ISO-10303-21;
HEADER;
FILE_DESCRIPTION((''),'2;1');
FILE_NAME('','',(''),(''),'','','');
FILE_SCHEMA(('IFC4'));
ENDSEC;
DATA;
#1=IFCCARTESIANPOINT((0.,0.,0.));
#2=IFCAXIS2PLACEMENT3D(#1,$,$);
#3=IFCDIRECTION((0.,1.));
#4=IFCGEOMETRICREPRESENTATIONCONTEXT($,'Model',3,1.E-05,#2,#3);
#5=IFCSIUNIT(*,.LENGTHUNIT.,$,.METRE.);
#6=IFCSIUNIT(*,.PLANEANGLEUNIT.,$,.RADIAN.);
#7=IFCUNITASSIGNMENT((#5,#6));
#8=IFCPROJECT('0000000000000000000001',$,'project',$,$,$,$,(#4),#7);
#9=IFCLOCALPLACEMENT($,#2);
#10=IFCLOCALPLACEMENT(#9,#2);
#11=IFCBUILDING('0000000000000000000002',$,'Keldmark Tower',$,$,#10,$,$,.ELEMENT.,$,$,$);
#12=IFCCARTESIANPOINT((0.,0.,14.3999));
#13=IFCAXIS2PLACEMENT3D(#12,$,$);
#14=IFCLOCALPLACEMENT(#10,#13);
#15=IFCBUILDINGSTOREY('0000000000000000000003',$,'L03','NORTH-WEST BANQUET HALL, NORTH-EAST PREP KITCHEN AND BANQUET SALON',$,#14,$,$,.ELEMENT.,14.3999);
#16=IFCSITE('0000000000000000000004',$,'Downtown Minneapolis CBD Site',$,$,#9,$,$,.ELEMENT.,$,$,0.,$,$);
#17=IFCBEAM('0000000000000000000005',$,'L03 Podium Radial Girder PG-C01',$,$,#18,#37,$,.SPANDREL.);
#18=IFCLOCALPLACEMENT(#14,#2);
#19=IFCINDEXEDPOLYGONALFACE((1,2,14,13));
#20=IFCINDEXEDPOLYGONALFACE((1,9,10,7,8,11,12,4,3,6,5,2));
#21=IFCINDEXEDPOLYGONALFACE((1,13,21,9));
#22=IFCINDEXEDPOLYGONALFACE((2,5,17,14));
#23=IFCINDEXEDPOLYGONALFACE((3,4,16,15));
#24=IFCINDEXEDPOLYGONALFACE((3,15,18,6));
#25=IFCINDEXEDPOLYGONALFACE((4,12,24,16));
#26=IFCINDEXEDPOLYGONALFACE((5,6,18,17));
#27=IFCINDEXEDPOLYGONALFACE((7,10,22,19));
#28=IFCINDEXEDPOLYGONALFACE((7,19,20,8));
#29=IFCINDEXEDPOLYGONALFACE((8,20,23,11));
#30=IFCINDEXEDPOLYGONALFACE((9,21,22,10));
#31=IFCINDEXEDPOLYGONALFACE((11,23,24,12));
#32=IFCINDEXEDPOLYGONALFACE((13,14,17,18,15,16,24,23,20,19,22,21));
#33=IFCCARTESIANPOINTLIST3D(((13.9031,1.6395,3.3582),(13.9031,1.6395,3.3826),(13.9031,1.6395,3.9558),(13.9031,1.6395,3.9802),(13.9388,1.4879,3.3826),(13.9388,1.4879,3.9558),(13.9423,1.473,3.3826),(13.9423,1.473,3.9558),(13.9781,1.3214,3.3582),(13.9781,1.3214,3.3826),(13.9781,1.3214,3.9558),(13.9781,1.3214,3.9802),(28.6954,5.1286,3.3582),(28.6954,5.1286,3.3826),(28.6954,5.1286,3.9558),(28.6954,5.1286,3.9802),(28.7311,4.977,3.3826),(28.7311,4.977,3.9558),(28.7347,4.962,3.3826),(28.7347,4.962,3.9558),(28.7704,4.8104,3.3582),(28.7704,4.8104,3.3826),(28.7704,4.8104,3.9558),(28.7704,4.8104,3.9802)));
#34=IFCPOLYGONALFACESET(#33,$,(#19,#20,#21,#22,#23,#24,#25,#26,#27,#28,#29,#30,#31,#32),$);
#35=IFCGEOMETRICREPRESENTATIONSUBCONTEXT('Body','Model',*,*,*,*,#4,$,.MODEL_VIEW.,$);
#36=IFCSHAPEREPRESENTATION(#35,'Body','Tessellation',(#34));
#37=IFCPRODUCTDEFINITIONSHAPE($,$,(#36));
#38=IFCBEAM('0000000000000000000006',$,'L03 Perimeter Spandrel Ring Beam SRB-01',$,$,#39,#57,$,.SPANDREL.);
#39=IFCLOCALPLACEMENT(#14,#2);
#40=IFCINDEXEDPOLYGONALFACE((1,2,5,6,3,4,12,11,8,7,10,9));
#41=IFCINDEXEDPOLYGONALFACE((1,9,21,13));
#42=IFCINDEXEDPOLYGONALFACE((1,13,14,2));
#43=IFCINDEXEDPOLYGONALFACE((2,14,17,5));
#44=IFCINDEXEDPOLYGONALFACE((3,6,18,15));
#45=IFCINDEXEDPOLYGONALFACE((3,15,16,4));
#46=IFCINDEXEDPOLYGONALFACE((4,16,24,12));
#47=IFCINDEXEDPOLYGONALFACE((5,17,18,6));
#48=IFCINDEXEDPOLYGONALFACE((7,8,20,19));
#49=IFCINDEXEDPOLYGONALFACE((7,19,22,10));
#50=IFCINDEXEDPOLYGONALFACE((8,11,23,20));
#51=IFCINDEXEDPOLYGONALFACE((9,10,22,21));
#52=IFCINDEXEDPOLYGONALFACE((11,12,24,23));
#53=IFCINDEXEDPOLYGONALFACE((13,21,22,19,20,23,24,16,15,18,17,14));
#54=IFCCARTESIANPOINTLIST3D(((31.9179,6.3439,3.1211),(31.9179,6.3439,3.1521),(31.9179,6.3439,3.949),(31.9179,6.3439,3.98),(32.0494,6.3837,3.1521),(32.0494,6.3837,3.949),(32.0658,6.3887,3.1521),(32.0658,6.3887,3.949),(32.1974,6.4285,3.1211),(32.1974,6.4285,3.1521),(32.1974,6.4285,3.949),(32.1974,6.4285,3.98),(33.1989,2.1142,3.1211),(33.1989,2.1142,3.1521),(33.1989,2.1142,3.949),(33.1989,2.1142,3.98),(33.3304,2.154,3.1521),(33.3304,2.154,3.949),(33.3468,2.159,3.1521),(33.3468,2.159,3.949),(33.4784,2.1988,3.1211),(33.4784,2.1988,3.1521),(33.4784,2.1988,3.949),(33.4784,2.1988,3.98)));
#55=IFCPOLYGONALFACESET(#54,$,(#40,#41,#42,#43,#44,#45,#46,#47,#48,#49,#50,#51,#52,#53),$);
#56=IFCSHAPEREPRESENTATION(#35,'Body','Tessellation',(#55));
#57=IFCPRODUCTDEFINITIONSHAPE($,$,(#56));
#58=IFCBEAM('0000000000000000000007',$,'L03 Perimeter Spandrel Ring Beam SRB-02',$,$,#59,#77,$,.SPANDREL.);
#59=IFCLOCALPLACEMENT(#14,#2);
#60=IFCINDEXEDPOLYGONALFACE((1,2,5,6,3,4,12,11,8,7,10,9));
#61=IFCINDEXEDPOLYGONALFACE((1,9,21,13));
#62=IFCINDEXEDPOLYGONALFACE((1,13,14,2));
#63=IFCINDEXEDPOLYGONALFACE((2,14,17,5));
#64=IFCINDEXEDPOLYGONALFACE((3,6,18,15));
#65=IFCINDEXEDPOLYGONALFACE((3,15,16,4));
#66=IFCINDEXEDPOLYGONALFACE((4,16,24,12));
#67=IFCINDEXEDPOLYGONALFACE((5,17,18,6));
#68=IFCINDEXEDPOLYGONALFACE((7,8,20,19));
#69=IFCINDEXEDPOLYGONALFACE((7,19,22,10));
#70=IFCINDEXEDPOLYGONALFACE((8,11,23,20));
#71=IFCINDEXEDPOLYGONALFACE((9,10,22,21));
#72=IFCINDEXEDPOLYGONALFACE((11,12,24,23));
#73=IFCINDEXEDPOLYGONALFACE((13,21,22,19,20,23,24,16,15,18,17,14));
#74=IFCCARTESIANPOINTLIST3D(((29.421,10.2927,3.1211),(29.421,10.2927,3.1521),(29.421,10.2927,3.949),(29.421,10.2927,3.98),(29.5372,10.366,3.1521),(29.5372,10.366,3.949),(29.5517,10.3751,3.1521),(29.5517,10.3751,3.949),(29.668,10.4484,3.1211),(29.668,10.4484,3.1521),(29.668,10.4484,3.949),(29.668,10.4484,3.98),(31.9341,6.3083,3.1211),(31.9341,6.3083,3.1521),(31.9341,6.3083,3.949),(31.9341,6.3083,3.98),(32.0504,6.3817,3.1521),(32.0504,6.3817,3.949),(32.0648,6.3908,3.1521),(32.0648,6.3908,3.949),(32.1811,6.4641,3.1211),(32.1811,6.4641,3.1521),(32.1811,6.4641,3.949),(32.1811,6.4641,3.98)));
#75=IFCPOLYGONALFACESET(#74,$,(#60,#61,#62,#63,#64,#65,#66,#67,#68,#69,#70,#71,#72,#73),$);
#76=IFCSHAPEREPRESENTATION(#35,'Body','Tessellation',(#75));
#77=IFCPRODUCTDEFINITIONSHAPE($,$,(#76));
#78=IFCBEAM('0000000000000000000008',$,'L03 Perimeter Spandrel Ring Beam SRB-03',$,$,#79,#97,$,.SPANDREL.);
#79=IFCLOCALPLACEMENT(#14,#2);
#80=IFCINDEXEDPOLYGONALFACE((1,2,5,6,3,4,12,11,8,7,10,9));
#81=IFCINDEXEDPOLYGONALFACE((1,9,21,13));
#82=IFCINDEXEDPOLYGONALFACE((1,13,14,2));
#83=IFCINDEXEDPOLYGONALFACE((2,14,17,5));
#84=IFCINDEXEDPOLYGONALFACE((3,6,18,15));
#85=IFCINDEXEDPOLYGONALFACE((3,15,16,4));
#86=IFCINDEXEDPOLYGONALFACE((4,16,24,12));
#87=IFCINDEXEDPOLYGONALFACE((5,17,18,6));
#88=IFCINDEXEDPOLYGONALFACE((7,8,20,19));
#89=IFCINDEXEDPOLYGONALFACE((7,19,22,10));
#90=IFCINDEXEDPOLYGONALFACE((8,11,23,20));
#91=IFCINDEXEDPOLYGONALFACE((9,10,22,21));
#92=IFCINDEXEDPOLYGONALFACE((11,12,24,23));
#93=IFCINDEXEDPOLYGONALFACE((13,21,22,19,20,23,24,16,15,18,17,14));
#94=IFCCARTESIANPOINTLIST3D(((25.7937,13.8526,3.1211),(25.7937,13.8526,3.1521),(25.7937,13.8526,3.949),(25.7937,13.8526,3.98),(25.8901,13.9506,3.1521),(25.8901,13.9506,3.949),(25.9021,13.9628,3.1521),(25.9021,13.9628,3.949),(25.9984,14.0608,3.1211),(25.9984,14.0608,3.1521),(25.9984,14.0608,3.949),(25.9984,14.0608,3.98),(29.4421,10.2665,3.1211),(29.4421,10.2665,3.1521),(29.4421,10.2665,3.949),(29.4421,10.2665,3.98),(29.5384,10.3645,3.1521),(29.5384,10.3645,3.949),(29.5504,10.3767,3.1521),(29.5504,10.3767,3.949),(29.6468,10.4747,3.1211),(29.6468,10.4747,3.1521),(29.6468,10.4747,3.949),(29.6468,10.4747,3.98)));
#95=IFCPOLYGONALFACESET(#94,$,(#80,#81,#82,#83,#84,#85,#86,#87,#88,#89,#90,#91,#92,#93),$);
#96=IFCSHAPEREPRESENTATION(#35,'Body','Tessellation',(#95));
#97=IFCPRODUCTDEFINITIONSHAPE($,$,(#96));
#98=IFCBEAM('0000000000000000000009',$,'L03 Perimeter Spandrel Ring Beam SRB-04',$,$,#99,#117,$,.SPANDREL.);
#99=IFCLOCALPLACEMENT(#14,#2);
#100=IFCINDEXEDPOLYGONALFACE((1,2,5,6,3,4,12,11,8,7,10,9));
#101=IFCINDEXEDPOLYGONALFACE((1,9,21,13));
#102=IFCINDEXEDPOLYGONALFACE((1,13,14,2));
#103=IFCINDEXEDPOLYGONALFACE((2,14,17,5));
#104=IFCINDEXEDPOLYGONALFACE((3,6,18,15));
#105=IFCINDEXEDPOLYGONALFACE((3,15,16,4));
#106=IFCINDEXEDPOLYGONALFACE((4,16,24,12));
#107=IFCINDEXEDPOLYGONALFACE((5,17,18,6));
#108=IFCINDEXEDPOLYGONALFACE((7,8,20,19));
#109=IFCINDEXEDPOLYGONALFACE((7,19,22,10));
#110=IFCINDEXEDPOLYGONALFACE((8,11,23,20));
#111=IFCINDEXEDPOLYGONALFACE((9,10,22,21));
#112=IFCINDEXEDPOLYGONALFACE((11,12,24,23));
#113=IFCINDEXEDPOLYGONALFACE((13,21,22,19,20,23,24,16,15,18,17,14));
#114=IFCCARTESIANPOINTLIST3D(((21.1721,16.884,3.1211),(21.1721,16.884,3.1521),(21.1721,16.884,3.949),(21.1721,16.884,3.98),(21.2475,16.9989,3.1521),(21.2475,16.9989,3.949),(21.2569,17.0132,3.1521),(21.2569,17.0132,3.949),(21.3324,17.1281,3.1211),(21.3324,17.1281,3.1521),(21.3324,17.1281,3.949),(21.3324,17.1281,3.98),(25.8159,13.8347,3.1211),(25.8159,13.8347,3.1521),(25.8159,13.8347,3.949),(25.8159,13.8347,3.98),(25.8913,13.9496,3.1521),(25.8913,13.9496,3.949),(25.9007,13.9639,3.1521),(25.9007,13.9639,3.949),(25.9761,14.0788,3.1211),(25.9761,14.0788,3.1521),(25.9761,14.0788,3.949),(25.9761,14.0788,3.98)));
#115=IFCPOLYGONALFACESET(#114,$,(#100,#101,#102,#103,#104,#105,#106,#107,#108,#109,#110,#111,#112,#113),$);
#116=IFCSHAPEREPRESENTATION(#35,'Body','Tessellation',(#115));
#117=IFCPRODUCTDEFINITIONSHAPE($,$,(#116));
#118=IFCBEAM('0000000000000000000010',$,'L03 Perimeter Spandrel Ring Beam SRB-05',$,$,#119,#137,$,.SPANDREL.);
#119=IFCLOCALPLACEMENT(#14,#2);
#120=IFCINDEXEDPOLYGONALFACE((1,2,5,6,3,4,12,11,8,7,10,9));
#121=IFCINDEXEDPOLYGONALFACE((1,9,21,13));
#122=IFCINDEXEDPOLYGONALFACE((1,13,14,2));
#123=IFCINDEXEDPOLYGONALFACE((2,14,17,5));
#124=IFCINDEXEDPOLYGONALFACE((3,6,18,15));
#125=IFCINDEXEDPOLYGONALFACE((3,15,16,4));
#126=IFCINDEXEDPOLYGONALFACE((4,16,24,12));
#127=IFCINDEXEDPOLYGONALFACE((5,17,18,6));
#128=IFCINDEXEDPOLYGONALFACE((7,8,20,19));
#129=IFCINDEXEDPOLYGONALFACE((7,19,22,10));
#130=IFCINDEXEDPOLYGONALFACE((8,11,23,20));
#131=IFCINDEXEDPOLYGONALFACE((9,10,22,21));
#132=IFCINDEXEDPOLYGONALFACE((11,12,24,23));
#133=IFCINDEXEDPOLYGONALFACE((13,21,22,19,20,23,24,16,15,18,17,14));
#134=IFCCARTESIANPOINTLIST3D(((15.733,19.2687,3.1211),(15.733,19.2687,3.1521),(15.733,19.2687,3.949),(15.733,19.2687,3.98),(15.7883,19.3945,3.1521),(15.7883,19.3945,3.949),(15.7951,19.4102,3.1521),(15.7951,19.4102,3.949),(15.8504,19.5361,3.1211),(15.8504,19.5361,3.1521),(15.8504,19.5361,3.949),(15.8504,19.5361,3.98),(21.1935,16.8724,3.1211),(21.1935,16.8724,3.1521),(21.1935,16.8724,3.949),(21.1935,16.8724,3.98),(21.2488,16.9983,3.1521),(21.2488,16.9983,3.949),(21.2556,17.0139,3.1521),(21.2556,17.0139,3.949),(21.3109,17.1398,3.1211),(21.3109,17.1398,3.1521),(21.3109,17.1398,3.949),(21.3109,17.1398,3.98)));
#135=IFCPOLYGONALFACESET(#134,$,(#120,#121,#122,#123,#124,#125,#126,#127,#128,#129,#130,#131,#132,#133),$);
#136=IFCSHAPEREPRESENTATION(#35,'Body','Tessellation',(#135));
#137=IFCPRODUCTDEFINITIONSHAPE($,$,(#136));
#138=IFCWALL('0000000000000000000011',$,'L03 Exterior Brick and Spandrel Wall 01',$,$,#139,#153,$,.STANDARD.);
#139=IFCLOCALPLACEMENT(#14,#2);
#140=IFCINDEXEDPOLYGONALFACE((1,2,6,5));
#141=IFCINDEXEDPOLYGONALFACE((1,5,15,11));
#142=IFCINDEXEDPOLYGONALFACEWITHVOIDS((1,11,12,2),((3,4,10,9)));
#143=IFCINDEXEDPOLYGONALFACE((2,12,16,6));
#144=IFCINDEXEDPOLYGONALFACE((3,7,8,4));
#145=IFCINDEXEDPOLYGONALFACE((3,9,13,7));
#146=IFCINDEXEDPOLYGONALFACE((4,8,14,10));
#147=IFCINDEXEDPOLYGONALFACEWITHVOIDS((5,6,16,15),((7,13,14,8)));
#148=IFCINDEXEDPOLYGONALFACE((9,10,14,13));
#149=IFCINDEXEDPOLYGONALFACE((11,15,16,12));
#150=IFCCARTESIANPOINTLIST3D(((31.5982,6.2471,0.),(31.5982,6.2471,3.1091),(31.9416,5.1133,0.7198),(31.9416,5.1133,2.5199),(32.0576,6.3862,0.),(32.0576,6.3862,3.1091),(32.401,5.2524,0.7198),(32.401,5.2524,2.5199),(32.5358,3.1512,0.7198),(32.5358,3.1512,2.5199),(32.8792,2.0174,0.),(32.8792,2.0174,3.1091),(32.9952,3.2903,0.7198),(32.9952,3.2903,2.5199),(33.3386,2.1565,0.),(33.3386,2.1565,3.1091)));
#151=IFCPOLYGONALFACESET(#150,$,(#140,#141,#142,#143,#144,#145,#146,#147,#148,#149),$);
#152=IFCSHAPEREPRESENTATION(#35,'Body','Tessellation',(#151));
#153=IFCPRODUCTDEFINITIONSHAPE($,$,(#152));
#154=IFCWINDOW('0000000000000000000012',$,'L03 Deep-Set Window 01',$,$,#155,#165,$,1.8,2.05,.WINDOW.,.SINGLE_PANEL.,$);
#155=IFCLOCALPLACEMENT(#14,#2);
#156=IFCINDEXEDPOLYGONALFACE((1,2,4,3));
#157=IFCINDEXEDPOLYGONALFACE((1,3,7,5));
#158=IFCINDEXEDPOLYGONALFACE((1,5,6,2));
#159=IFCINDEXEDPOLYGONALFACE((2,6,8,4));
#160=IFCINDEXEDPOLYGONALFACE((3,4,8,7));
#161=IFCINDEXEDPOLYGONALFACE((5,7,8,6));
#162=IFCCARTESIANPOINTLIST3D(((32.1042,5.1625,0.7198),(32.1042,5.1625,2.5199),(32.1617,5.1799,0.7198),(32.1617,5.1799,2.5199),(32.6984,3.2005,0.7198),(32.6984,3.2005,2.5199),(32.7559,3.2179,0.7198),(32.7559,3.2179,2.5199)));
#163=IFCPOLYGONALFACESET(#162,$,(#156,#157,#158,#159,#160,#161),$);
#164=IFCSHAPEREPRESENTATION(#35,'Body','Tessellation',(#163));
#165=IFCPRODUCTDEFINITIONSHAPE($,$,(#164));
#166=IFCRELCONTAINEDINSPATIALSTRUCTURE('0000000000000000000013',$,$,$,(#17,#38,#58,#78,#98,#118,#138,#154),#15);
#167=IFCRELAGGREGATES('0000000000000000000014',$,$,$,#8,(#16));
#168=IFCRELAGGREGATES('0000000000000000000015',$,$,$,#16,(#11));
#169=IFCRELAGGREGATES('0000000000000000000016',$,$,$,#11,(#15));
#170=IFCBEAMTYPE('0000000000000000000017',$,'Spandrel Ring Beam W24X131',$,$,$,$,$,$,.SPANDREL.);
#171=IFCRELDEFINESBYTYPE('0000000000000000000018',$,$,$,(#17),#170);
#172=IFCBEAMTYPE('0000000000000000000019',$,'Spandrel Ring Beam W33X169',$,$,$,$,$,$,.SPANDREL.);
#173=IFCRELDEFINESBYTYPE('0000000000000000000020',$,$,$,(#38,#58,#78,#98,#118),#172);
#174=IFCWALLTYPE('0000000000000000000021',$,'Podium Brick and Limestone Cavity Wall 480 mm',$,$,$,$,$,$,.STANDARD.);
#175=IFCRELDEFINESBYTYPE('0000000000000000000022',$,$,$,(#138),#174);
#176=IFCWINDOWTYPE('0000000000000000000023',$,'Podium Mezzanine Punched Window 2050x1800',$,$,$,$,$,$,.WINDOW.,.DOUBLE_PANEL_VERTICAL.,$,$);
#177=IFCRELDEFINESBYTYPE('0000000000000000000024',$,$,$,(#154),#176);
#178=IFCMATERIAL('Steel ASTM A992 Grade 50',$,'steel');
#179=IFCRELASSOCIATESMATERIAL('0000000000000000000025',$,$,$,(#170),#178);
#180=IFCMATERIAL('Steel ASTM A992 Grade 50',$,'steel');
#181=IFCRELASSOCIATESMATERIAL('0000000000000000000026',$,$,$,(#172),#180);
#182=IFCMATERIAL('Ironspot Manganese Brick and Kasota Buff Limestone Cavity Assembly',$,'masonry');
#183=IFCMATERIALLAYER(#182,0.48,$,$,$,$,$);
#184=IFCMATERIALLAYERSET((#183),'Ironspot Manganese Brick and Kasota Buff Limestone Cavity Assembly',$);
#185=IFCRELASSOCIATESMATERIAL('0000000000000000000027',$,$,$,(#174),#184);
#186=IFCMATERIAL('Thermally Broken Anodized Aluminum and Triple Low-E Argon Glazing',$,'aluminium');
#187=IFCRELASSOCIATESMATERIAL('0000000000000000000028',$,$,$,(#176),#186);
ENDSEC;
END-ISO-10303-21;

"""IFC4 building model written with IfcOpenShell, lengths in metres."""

from ifc_helpers import new_model, si_unit, direction, frame, frame_2d, origin, origin_2d, place, context, subcontext, project, spatial, rectangle, i_section, extrude, material, layer, layer_set, material_profile, profile_set, type_object, element, fill, save


model = new_model("IFC4")

# Units and contexts
model_context = context("Model", 3, precision=1e-05, world=origin(), true_north=direction((0.0, 1.0)))
body_context = subcontext(model_context, "Body", "Model", "MODEL_VIEW")
ifc_project = project(units=[si_unit("LENGTHUNIT", "METRE"), si_unit("PLANEANGLEUNIT", "RADIAN")], contexts=[model_context])

# Site, building, storey
site_placement = place(None, origin())
site = spatial("IfcSite", under=ifc_project, at=site_placement, Name="Downtown Minneapolis CBD Site", CompositionType="ELEMENT", RefElevation=0.0)
building_placement = place(site_placement, origin())
building = spatial("IfcBuilding", under=site, at=building_placement, Name="Keldmark Tower", CompositionType="ELEMENT")
storey_placement = place(building_placement, frame((0.0, 0.0, 14.3999)))
storey = spatial("IfcBuildingStorey", under=building, at=storey_placement, Name="L03", Description="NORTH-WEST BANQUET HALL, NORTH-EAST PREP KITCHEN AND BANQUET SALON", CompositionType="ELEMENT", Elevation=14.3999)

# Beams
ifc_material_1 = material(Name="Steel ASTM A992 Grade 50", Category="steel")
ifc_material_profile_1 = material_profile(ifc_material_1, i_section(OverallWidth=0.3269, OverallDepth=0.6221, WebThickness=0.0154, FlangeThickness=0.0244, at=origin_2d()), Name="W24X131")
ifc_profile_set_1 = profile_set([ifc_material_profile_1], Name="Steel ASTM A992 Grade 50")
beam_type_1 = type_object("IfcBeamType", Name="Spandrel Ring Beam W24X131", PredefinedType="SPANDREL", material=ifc_profile_set_1)
beam_1_placement = place(storey_placement, frame((28.7329, 4.9695, 3.6692), z_axis=(-0.973293, -0.229568, 0.0), x_axis=(0.229568, -0.973293, 0.0)))
element("IfcBeam", 1, at=beam_1_placement, inside=storey, type_object=beam_type_1, Name="L03 Podium Radial Girder PG-C01", PredefinedType="SPANDREL", context=body_context, shape_type="SweptSolid", body=[
    extrude(i_section(OverallWidth=0.3269, OverallDepth=0.6221, WebThickness=0.0154, FlangeThickness=0.0244, at=origin_2d()), origin(), (0.0, 0.0, 1.0), 15.1982),
])
ifc_material_2 = material(Name="Steel ASTM A992 Grade 50", Category="steel")
ifc_material_profile_2 = material_profile(ifc_material_2, i_section(OverallWidth=0.292, OverallDepth=0.8589, WebThickness=0.0171, FlangeThickness=0.031, at=origin_2d()), Name="W33X169")
ifc_profile_set_2 = profile_set([ifc_material_profile_2], Name="Steel ASTM A992 Grade 50")
beam_type_2 = type_object("IfcBeamType", Name="Spandrel Ring Beam W33X169", PredefinedType="SPANDREL", material=ifc_profile_set_2)
beam_2_placement = place(storey_placement, frame((33.3386, 2.1565, 3.5505), z_axis=(-0.289856, 0.95707, 0.0), x_axis=(-0.95707, -0.289856, 0.0)))
element("IfcBeam", 2, at=beam_2_placement, inside=storey, type_object=beam_type_2, Name="L03 Perimeter Spandrel Ring Beam SRB-01", PredefinedType="SPANDREL", context=body_context, shape_type="SweptSolid", body=[
    extrude(i_section(OverallWidth=0.292, OverallDepth=0.8589, WebThickness=0.0171, FlangeThickness=0.031, at=origin_2d()), origin(), (0.0, 0.0, 1.0), 4.4194),
])
beam_3_placement = place(storey_placement, frame((32.0576, 6.3862, 3.5505), z_axis=(-0.533498, 0.845802, 0.0), x_axis=(-0.845802, -0.533498, 0.0)))
element("IfcBeam", 3, at=beam_3_placement, inside=storey, type_object=beam_type_2, Name="L03 Perimeter Spandrel Ring Beam SRB-02", PredefinedType="SPANDREL", context=body_context, shape_type="SweptSolid", body=[
    extrude(i_section(OverallWidth=0.292, OverallDepth=0.8589, WebThickness=0.0171, FlangeThickness=0.031, at=origin_2d()), origin(), (0.0, 0.0, 1.0), 4.7107),
])
beam_4_placement = place(storey_placement, frame((29.5444, 10.3706, 3.5505), z_axis=(-0.713165, 0.700996, 0.0), x_axis=(-0.700996, -0.713165, 0.0)))
element("IfcBeam", 4, at=beam_4_placement, inside=storey, type_object=beam_type_2, Name="L03 Perimeter Spandrel Ring Beam SRB-03", PredefinedType="SPANDREL", context=body_context, shape_type="SweptSolid", body=[
    extrude(i_section(OverallWidth=0.292, OverallDepth=0.8589, WebThickness=0.0171, FlangeThickness=0.031, at=origin_2d()), origin(), (0.0, 0.0, 1.0), 5.1157),
])
beam_5_placement = place(storey_placement, frame((25.896, 13.9568, 3.5505), z_axis=(-0.835897, 0.548886, 0.0), x_axis=(-0.548886, -0.835897, 0.0)))
element("IfcBeam", 5, at=beam_5_placement, inside=storey, type_object=beam_type_2, Name="L03 Perimeter Spandrel Ring Beam SRB-04", PredefinedType="SPANDREL", context=body_context, shape_type="SweptSolid", body=[
    extrude(i_section(OverallWidth=0.292, OverallDepth=0.8589, WebThickness=0.0171, FlangeThickness=0.031, at=origin_2d()), origin(), (0.0, 0.0, 1.0), 5.5554),
])
beam_6_placement = place(storey_placement, frame((21.2522, 17.0061, 3.5505), z_axis=(-0.915708, 0.401845, 0.0), x_axis=(-0.401845, -0.915708, 0.0)))
element("IfcBeam", 6, at=beam_6_placement, inside=storey, type_object=beam_type_2, Name="L03 Perimeter Spandrel Ring Beam SRB-05", PredefinedType="SPANDREL", context=body_context, shape_type="SweptSolid", body=[
    extrude(i_section(OverallWidth=0.292, OverallDepth=0.8589, WebThickness=0.0171, FlangeThickness=0.031, at=origin_2d()), origin(), (0.0, 0.0, 1.0), 5.9631),
])

# Wall, opening, window
ifc_material_3 = material(Name="Ironspot Manganese Brick and Kasota Buff Limestone Cavity Assembly", Category="masonry")
ifc_layer_1 = layer(ifc_material_3, 0.48)
ifc_layer_set_1 = layer_set([ifc_layer_1], Name="Ironspot Manganese Brick and Kasota Buff Limestone Cavity Assembly")
wall_type = type_object("IfcWallType", Name="Podium Brick and Limestone Cavity Wall 480 mm", PredefinedType="STANDARD", material=ifc_layer_set_1)
wall_1_placement = place(storey_placement, frame((31.8279, 6.3167, 0.0), z_axis=(0.0, 0.0, 1.0), x_axis=(0.289856, -0.95707, 0.0)))
wall_1 = element("IfcWall", 7, at=wall_1_placement, inside=storey, type_object=wall_type, Name="L03 Exterior Brick and Spandrel Wall 01", PredefinedType="STANDARD", context=body_context, shape_type="SweptSolid", body=[
    extrude(rectangle(XDim=4.4194, YDim=0.48, at=frame_2d((2.2097, 0.0))), origin(), (0.0, 0.0, 1.0), 3.1091),
])
opening_1_placement = place(wall_1_placement, frame((1.1848, 0.0, 0.72)))
opening_1 = element("IfcOpeningElement", 8, at=opening_1_placement, cuts=wall_1, PredefinedType="OPENING", context=body_context, shape_type="SweptSolid", body=[
    extrude(rectangle(XDim=2.05, YDim=1.8, at=frame_2d((1.0249, 0.8999))), frame((0.0, 0.25, 0.0), z_axis=(0.0, -1.0, 0.0), x_axis=(1.0, 0.0, 0.0)), (0.0, 0.0, 1.0), 0.5),
])
ifc_material_4 = material(Name="Thermally Broken Anodized Aluminum and Triple Low-E Argon Glazing", Category="aluminium")
window_type = type_object("IfcWindowType", Name="Podium Mezzanine Punched Window 2050x1800", PartitioningType="DOUBLE_PANEL_VERTICAL", PredefinedType="WINDOW", material=ifc_material_4)
window_1_placement = place(opening_1_placement, origin())
window_1 = element("IfcWindow", 9, at=window_1_placement, inside=storey, type_object=window_type, Name="L03 Deep-Set Window 01", OverallHeight=1.8, OverallWidth=2.05, PartitioningType="SINGLE_PANEL", PredefinedType="WINDOW", context=body_context, shape_type="SweptSolid", body=[
    extrude(rectangle(XDim=2.05, YDim=1.8, at=frame_2d((1.0249, 0.8999))), frame((0.0, -0.01, 0.0), z_axis=(0.0, -1.0, 0.0), x_axis=(1.0, 0.0, 0.0)), (0.0, 0.0, 1.0), 0.0601),
])
fill(opening_1, window_1)

save(model, "model.ifc")
